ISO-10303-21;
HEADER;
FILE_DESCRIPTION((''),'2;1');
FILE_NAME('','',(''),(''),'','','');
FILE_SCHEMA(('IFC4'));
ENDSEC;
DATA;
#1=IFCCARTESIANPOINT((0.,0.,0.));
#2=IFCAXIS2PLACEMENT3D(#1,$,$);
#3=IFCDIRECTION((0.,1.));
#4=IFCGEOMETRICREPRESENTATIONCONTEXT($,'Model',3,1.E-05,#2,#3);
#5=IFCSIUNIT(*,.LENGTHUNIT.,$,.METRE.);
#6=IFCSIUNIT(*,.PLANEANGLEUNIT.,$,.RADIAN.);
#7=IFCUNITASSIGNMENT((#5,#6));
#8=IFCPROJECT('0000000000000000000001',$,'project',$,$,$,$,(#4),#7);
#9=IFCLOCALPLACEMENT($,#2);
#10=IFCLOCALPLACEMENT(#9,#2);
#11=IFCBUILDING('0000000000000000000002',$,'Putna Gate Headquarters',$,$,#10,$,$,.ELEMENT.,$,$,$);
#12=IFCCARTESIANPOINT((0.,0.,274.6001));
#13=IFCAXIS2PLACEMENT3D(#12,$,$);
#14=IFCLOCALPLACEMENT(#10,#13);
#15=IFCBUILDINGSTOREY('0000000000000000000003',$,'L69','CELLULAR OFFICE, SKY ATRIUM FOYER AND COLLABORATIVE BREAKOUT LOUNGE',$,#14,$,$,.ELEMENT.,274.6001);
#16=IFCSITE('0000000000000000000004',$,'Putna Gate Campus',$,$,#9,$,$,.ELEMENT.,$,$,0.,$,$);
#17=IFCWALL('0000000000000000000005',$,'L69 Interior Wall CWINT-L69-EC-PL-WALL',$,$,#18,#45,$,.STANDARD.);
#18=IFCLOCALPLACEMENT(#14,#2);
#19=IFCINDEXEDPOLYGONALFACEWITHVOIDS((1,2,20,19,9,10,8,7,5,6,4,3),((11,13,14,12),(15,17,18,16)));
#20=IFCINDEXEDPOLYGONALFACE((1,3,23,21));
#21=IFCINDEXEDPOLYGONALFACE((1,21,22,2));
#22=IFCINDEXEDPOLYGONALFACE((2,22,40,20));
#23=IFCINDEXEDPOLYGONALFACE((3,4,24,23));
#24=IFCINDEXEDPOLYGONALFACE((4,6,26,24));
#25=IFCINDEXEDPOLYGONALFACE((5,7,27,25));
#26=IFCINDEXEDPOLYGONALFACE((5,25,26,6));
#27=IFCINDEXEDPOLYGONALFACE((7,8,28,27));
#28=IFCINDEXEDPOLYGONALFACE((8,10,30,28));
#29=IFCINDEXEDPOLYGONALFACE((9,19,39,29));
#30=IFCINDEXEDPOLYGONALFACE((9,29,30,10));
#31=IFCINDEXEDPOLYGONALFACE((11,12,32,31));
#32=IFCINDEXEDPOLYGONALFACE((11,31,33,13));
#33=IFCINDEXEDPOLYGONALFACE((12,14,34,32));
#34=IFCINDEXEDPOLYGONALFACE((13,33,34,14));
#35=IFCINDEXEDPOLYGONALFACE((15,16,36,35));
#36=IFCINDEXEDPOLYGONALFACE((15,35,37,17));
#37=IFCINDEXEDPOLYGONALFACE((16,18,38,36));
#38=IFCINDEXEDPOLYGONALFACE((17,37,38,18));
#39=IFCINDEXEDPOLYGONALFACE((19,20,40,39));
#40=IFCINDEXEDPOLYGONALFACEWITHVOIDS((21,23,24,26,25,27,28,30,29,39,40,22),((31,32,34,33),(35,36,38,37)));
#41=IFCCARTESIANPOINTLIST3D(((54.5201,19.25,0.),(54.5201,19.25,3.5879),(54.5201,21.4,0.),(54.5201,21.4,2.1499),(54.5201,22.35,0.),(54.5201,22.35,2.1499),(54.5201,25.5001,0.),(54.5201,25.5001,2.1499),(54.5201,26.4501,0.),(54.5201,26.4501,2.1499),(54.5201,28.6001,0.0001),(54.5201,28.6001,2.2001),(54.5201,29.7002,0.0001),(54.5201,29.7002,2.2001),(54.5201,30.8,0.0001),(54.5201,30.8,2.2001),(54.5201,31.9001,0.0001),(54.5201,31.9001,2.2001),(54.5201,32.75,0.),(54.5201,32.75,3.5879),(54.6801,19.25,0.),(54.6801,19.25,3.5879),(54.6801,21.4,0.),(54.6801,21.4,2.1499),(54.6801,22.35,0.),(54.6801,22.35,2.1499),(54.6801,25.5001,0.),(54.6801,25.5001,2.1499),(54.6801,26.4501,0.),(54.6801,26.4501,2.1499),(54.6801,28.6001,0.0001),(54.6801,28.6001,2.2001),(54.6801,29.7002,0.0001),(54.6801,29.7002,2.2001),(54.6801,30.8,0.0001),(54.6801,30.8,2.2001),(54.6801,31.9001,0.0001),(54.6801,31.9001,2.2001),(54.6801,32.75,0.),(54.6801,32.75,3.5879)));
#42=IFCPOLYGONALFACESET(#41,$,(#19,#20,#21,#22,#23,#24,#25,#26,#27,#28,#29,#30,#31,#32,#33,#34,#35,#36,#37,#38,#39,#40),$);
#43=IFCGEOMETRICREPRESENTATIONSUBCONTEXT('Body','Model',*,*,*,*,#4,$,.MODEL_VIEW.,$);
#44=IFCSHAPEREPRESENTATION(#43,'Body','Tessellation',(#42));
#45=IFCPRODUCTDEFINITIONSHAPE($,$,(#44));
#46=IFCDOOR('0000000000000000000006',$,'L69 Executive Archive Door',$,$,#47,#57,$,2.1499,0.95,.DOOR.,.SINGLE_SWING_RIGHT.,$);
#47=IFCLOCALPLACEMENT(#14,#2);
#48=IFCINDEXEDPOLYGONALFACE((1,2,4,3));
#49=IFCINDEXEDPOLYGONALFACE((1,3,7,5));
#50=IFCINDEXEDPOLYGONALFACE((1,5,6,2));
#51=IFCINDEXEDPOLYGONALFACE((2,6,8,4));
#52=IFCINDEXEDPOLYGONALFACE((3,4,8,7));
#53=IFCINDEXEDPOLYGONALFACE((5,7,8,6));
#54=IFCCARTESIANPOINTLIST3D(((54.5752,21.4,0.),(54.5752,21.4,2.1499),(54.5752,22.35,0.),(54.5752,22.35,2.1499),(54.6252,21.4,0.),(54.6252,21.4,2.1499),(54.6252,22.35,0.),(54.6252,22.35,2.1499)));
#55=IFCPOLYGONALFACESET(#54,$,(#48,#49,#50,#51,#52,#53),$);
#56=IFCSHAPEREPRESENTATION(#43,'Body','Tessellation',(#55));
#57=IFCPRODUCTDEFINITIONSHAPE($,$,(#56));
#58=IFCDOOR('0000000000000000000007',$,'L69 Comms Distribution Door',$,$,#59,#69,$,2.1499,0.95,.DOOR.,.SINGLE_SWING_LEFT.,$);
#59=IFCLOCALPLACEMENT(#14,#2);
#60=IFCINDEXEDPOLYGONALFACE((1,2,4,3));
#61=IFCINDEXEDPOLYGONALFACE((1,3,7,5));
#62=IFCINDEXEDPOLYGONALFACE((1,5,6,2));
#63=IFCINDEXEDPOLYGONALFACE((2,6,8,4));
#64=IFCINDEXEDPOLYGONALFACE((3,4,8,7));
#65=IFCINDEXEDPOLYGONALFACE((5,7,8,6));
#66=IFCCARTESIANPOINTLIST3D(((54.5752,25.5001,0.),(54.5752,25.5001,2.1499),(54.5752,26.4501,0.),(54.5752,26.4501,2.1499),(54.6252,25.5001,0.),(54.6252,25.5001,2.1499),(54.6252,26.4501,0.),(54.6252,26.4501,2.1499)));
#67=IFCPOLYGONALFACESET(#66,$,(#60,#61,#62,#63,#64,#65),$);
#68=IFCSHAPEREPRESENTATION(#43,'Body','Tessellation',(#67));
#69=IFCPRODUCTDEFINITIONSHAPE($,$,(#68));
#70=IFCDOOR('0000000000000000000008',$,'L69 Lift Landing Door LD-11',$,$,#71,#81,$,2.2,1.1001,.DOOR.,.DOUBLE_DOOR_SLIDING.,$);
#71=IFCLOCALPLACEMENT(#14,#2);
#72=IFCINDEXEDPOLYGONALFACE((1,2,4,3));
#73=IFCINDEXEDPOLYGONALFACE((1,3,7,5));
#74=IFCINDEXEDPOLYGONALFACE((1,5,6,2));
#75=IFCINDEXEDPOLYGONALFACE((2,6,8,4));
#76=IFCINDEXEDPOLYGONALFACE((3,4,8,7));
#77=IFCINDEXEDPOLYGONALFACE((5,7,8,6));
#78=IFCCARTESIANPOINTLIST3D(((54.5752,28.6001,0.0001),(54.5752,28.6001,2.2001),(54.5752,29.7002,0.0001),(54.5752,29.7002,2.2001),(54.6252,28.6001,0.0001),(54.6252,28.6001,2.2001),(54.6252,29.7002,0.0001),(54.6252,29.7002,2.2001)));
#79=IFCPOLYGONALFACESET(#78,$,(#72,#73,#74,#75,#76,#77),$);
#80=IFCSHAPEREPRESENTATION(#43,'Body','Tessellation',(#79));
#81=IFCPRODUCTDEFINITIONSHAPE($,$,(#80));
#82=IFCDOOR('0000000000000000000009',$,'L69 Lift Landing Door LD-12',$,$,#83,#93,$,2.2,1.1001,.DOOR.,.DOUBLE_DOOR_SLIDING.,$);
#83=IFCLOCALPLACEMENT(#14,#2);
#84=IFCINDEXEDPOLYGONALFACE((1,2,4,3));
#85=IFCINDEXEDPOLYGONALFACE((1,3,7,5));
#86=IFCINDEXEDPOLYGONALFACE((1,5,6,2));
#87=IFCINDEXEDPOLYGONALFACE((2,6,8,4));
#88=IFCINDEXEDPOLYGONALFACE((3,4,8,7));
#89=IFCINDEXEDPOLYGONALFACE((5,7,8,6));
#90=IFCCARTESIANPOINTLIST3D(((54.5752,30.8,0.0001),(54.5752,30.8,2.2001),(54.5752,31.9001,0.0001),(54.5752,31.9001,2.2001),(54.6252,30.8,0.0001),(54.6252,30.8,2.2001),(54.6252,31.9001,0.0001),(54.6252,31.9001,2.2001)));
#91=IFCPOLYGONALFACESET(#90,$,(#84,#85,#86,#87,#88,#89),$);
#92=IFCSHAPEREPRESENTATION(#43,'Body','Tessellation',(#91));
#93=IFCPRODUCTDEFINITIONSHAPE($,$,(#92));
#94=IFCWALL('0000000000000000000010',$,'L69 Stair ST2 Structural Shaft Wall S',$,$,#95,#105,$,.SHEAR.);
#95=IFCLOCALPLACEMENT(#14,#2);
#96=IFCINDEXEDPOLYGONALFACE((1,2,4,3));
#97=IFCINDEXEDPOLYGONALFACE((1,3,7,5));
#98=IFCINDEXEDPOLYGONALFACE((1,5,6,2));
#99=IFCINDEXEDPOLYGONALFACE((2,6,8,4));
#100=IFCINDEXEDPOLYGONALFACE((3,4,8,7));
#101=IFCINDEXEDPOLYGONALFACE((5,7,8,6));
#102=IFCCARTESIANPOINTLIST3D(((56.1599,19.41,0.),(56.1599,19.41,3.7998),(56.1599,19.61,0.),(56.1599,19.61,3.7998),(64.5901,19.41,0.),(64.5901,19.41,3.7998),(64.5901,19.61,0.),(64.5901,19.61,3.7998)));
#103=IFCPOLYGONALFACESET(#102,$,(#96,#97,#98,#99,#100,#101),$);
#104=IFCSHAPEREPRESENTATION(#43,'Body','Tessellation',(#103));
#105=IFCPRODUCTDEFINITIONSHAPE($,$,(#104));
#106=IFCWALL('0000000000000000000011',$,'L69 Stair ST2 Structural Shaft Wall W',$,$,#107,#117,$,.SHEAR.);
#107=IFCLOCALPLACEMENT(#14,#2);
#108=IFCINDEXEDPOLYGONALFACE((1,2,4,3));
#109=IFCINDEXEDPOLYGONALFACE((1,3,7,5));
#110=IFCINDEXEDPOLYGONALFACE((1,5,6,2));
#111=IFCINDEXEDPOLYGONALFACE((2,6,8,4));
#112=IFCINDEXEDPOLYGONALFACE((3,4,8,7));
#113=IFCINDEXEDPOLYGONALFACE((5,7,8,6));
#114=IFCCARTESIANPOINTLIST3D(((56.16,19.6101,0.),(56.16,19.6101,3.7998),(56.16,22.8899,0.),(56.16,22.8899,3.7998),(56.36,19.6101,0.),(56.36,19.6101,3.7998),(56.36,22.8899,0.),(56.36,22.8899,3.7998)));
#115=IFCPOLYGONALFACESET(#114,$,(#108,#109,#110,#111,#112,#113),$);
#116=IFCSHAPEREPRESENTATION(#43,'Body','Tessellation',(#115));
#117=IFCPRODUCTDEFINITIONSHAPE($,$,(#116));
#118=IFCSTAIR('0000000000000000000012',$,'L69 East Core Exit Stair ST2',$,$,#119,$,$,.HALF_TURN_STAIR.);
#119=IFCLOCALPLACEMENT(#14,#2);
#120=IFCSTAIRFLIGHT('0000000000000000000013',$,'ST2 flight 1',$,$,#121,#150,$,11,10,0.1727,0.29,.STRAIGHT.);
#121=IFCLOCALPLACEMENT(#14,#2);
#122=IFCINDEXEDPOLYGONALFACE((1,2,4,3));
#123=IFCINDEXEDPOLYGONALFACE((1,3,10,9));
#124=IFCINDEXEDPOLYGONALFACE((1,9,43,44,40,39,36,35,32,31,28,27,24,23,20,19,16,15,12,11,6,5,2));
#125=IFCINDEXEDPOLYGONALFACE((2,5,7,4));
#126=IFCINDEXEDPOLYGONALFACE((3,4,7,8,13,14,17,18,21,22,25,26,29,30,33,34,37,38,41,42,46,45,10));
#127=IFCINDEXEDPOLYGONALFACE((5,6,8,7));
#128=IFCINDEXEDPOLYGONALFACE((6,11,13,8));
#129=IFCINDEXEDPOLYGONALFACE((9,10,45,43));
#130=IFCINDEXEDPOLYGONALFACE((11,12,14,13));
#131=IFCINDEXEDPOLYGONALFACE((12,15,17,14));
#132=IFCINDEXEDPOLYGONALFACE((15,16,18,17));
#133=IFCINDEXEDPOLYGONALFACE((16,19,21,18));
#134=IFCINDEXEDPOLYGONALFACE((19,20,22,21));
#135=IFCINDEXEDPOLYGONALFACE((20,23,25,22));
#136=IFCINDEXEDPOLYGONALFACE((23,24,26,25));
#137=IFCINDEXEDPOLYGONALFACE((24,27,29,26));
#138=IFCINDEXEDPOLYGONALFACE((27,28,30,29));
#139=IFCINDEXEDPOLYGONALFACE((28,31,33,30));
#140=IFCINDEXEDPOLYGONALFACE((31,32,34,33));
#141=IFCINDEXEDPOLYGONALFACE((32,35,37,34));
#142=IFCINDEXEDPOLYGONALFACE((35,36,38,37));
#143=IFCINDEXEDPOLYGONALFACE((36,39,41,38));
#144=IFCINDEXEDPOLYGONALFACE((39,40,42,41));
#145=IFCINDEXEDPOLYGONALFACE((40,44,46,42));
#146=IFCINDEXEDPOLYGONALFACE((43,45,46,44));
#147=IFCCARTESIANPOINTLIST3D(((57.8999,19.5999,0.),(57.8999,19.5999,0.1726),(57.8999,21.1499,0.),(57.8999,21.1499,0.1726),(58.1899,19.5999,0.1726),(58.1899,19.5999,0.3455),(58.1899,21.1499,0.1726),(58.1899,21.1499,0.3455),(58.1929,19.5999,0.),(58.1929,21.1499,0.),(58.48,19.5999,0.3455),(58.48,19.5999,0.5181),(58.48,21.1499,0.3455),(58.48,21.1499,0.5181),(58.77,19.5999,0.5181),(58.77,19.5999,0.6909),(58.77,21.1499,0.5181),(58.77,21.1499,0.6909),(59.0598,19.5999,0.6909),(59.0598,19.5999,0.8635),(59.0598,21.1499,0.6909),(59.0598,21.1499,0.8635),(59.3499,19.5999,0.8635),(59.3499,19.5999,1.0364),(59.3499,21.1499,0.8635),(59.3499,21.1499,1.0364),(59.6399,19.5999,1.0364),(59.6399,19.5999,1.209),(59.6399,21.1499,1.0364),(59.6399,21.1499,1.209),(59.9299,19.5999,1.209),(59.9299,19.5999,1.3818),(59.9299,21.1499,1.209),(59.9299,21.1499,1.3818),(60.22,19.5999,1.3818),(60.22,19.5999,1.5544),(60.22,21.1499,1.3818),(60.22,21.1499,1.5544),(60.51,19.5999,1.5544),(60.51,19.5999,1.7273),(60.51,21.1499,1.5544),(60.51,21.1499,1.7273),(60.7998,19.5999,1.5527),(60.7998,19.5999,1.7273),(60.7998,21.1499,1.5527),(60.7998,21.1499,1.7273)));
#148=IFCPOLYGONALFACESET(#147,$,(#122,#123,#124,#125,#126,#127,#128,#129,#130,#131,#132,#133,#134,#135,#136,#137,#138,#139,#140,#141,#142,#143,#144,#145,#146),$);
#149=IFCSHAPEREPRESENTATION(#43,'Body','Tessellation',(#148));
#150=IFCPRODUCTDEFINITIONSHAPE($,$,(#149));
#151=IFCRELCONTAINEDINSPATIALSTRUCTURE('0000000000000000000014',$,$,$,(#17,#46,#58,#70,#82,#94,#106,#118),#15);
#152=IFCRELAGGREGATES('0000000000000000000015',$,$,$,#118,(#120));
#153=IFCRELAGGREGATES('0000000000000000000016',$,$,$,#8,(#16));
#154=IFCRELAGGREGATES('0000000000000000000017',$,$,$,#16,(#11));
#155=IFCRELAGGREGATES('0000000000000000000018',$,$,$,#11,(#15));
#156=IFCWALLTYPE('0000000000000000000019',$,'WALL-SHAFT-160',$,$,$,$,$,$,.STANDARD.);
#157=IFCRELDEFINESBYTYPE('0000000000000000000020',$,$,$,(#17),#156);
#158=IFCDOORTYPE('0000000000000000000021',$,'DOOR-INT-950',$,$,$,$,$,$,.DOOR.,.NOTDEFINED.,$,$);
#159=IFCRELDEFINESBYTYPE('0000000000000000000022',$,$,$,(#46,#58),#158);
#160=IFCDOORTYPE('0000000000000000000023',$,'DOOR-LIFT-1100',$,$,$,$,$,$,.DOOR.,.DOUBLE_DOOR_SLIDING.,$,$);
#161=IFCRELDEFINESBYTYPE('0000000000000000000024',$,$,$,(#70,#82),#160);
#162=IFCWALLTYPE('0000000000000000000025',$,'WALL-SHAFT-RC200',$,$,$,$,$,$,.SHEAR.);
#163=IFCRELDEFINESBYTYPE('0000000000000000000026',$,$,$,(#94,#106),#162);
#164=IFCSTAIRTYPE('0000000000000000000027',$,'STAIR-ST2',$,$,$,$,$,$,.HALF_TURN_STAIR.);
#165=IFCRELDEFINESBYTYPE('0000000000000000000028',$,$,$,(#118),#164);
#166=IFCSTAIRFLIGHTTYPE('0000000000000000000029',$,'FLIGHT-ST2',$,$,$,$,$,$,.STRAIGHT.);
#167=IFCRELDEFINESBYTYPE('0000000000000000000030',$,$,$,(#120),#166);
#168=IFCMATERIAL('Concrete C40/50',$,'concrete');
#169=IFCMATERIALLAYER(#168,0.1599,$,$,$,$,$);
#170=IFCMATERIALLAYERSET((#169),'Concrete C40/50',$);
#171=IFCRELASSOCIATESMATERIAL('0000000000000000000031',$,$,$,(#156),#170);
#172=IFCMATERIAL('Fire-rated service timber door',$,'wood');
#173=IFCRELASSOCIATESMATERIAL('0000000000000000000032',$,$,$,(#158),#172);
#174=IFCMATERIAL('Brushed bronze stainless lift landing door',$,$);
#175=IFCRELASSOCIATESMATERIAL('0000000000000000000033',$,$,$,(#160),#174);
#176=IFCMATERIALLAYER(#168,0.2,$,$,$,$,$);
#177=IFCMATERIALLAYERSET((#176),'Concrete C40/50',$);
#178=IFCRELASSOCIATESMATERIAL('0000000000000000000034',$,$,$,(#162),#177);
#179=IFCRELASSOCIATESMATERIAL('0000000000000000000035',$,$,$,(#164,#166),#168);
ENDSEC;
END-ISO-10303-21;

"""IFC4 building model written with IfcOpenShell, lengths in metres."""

from ifc_helpers import new_model, si_unit, direction, frame, frame_2d, origin, place, context, subcontext, project, spatial, polyline, rectangle, outline, extrude, material, layer, layer_set, type_object, element, fill, aggregate, save


model = new_model("IFC4")

# Units and contexts
model_context = context("Model", 3, precision=1e-05, world=origin(), true_north=direction((0.0, 1.0)))
body_context = subcontext(model_context, "Body", "Model", "MODEL_VIEW")
ifc_project = project(units=[si_unit("LENGTHUNIT", "METRE"), si_unit("PLANEANGLEUNIT", "RADIAN")], contexts=[model_context])

# Site, building, storey
site_placement = place(None, origin())
site = spatial("IfcSite", under=ifc_project, at=site_placement, Name="Putna Gate Campus", CompositionType="ELEMENT", RefElevation=0.0)
building_placement = place(site_placement, origin())
building = spatial("IfcBuilding", under=site, at=building_placement, Name="Putna Gate Headquarters", CompositionType="ELEMENT")
storey_placement = place(building_placement, frame((0.0, 0.0, 274.6001)))
storey = spatial("IfcBuildingStorey", under=building, at=storey_placement, Name="L69", Description="CELLULAR OFFICE, SKY ATRIUM FOYER AND COLLABORATIVE BREAKOUT LOUNGE", CompositionType="ELEMENT", Elevation=274.6001)

# Wall, openings, doors
ifc_material_1 = material(Name="Concrete C40/50", Category="concrete")
ifc_layer_1 = layer(ifc_material_1, 0.1599)
ifc_layer_set_1 = layer_set([ifc_layer_1], Name="Concrete C40/50")
wall_type_1 = type_object("IfcWallType", Name="WALL-SHAFT-160", PredefinedType="STANDARD", material=ifc_layer_set_1)
wall_1_placement = place(storey_placement, frame((54.6001, 19.25, 0.0), z_axis=(0.0, 0.0, 1.0), x_axis=(0.0, 1.0, 0.0)))
wall_1 = element("IfcWall", 1, at=wall_1_placement, inside=storey, type_object=wall_type_1, Name="L69 Interior Wall CWINT-L69-EC-PL-WALL", PredefinedType="STANDARD", context=body_context, shape_type="SweptSolid", body=[
    extrude(rectangle(XDim=13.5, YDim=0.1599, at=frame_2d((6.75, 0.0))), origin(), (0.0, 0.0, 1.0), 3.5879),
])
opening_1_placement = place(wall_1_placement, frame((2.1499, 0.0, 0.0)))
opening_1 = element("IfcOpeningElement", 2, at=opening_1_placement, cuts=wall_1, PredefinedType="OPENING", context=body_context, shape_type="SweptSolid", body=[
    extrude(rectangle(XDim=0.95, YDim=2.1499, at=frame_2d((0.4751, 1.075))), frame((0.0, 0.0898, 0.0), z_axis=(0.0, -1.0, 0.0), x_axis=(1.0, 0.0, 0.0)), (0.0, 0.0, 1.0), 0.1799),
])
opening_2_placement = place(wall_1_placement, frame((6.25, 0.0, 0.0)))
opening_2 = element("IfcOpeningElement", 3, at=opening_2_placement, cuts=wall_1, PredefinedType="OPENING", context=body_context, shape_type="SweptSolid", body=[
    extrude(rectangle(XDim=0.95, YDim=2.1499, at=frame_2d((0.4751, 1.075))), frame((0.0, 0.0898, 0.0), z_axis=(0.0, -1.0, 0.0), x_axis=(1.0, 0.0, 0.0)), (0.0, 0.0, 1.0), 0.1799),
])
opening_3_placement = place(wall_1_placement, frame((9.3501, 0.0, 0.0)))
opening_3 = element("IfcOpeningElement", 4, at=opening_3_placement, cuts=wall_1, PredefinedType="OPENING", context=body_context, shape_type="SweptSolid", body=[
    extrude(rectangle(XDim=1.1001, YDim=2.2, at=frame_2d((0.55, 1.1001))), frame((0.0, 0.0898, 0.0), z_axis=(0.0, -1.0, 0.0), x_axis=(1.0, 0.0, 0.0)), (0.0, 0.0, 1.0), 0.1799),
])
opening_4_placement = place(wall_1_placement, frame((11.55, 0.0, 0.0)))
opening_4 = element("IfcOpeningElement", 5, at=opening_4_placement, cuts=wall_1, PredefinedType="OPENING", context=body_context, shape_type="SweptSolid", body=[
    extrude(rectangle(XDim=1.1001, YDim=2.2, at=frame_2d((0.55, 1.1001))), frame((0.0, 0.0898, 0.0), z_axis=(0.0, -1.0, 0.0), x_axis=(1.0, 0.0, 0.0)), (0.0, 0.0, 1.0), 0.1799),
])
ifc_material_2 = material(Name="Fire-rated service timber door", Category="wood")
door_type_1 = type_object("IfcDoorType", Name="DOOR-INT-950", OperationType="NOTDEFINED", PredefinedType="DOOR", material=ifc_material_2)
door_1_placement = place(opening_1_placement, origin())
door_1 = element("IfcDoor", 6, at=door_1_placement, inside=storey, type_object=door_type_1, Name="L69 Executive Archive Door", OperationType="SINGLE_SWING_RIGHT", OverallHeight=2.1499, OverallWidth=0.95, PredefinedType="DOOR", context=body_context, shape_type="SweptSolid", body=[
    extrude(rectangle(XDim=0.95, YDim=2.1499, at=frame_2d((0.4751, 1.075))), frame((0.0, 0.0249, 0.0), z_axis=(0.0, -1.0, 0.0), x_axis=(1.0, 0.0, 0.0)), (0.0, 0.0, 1.0), 0.05),
])
fill(opening_1, door_1)
door_2_placement = place(opening_2_placement, origin())
door_2 = element("IfcDoor", 7, at=door_2_placement, inside=storey, type_object=door_type_1, Name="L69 Comms Distribution Door", OperationType="SINGLE_SWING_LEFT", OverallHeight=2.1499, OverallWidth=0.95, PredefinedType="DOOR", context=body_context, shape_type="SweptSolid", body=[
    extrude(rectangle(XDim=0.95, YDim=2.1499, at=frame_2d((0.4751, 1.075))), frame((0.0, 0.0249, 0.0), z_axis=(0.0, -1.0, 0.0), x_axis=(1.0, 0.0, 0.0)), (0.0, 0.0, 1.0), 0.05),
])
fill(opening_2, door_2)
ifc_material_3 = material(Name="Brushed bronze stainless lift landing door")
door_type_2 = type_object("IfcDoorType", Name="DOOR-LIFT-1100", OperationType="DOUBLE_DOOR_SLIDING", PredefinedType="DOOR", material=ifc_material_3)
door_3_placement = place(opening_3_placement, origin())
door_3 = element("IfcDoor", 8, at=door_3_placement, inside=storey, type_object=door_type_2, Name="L69 Lift Landing Door LD-11", OperationType="DOUBLE_DOOR_SLIDING", OverallHeight=2.2, OverallWidth=1.1001, PredefinedType="DOOR", context=body_context, shape_type="SweptSolid", body=[
    extrude(rectangle(XDim=1.1001, YDim=2.2, at=frame_2d((0.55, 1.1001))), frame((0.0, 0.0249, 0.0), z_axis=(0.0, -1.0, 0.0), x_axis=(1.0, 0.0, 0.0)), (0.0, 0.0, 1.0), 0.05),
])
fill(opening_3, door_3)
door_4_placement = place(opening_4_placement, origin())
door_4 = element("IfcDoor", 9, at=door_4_placement, inside=storey, type_object=door_type_2, Name="L69 Lift Landing Door LD-12", OperationType="DOUBLE_DOOR_SLIDING", OverallHeight=2.2, OverallWidth=1.1001, PredefinedType="DOOR", context=body_context, shape_type="SweptSolid", body=[
    extrude(rectangle(XDim=1.1001, YDim=2.2, at=frame_2d((0.55, 1.1001))), frame((0.0, 0.0249, 0.0), z_axis=(0.0, -1.0, 0.0), x_axis=(1.0, 0.0, 0.0)), (0.0, 0.0, 1.0), 0.05),
])
fill(opening_4, door_4)

# Walls
ifc_layer_2 = layer(ifc_material_1, 0.2)
ifc_layer_set_2 = layer_set([ifc_layer_2], Name="Concrete C40/50")
wall_type_2 = type_object("IfcWallType", Name="WALL-SHAFT-RC200", PredefinedType="SHEAR", material=ifc_layer_set_2)
wall_2_placement = place(storey_placement, frame((56.1599, 19.51, 0.0), z_axis=(0.0, 0.0, 1.0), x_axis=(1.0, 0.0, 0.0)))
element("IfcWall", 10, at=wall_2_placement, inside=storey, type_object=wall_type_2, Name="L69 Stair ST2 Structural Shaft Wall S", PredefinedType="SHEAR", context=body_context, shape_type="SweptSolid", body=[
    extrude(rectangle(XDim=8.4302, YDim=0.2, at=frame_2d((4.2151, 0.0))), origin(), (0.0, 0.0, 1.0), 3.7998),
])
wall_3_placement = place(storey_placement, frame((56.26, 19.6101, 0.0), z_axis=(0.0, 0.0, 1.0), x_axis=(0.0, 1.0, 0.0)))
element("IfcWall", 11, at=wall_3_placement, inside=storey, type_object=wall_type_2, Name="L69 Stair ST2 Structural Shaft Wall W", PredefinedType="SHEAR", context=body_context, shape_type="SweptSolid", body=[
    extrude(rectangle(XDim=3.2798, YDim=0.2, at=frame_2d((1.6399, 0.0))), origin(), (0.0, 0.0, 1.0), 3.7998),
])

# Stair, stair flight
stair_type = type_object("IfcStairType", Name="STAIR-ST2", PredefinedType="HALF_TURN_STAIR", material=ifc_material_1)
stair_placement = place(storey_placement, origin())
stair = element("IfcStair", 12, at=stair_placement, inside=storey, type_object=stair_type, Name="L69 East Core Exit Stair ST2", PredefinedType="HALF_TURN_STAIR")
stair_flight_type = type_object("IfcStairFlightType", Name="FLIGHT-ST2", PredefinedType="STRAIGHT", material=ifc_material_1)
stair_flight_placement = place(storey_placement, frame((57.8999, 20.375, 0.0), z_axis=(0.0, 0.0, 1.0), x_axis=(1.0, 0.0, 0.0)))
stair_flight = element("IfcStairFlight", 13, at=stair_flight_placement, type_object=stair_flight_type, Name="ST2 flight 1", NumberOfRisers=11, NumberOfTreads=10, PredefinedType="STRAIGHT", RiserHeight=0.1727, TreadLength=0.29, context=body_context, shape_type="SweptSolid", body=[
    extrude(outline(polyline([(0.0, 0.0), (0.0, 0.1726), (0.29, 0.1726), (0.29, 0.3455), (0.5801, 0.3455), (0.5801, 0.5181), (0.8701, 0.5181), (0.8701, 0.6909), (1.1599, 0.6909), (1.1599, 0.8635), (1.45, 0.8635), (1.45, 1.0364), (1.74, 1.0364), (1.74, 1.209), (2.03, 1.209), (2.03, 1.3818), (2.3201, 1.3818), (2.3201, 1.5544), (2.6101, 1.5544), (2.6101, 1.7273), (2.8999, 1.7273), (2.8999, 1.8999), (2.8999, 1.5527), (0.293, 0.0), (0.0, 0.0)])), frame((0.0, 0.7749, 0.0), z_axis=(0.0, -1.0, 0.0), x_axis=(1.0, 0.0, 0.0)), (0.0, 0.0, 1.0), 1.55),
])
aggregate(stair, [stair_flight])

save(model, "model.ifc")
